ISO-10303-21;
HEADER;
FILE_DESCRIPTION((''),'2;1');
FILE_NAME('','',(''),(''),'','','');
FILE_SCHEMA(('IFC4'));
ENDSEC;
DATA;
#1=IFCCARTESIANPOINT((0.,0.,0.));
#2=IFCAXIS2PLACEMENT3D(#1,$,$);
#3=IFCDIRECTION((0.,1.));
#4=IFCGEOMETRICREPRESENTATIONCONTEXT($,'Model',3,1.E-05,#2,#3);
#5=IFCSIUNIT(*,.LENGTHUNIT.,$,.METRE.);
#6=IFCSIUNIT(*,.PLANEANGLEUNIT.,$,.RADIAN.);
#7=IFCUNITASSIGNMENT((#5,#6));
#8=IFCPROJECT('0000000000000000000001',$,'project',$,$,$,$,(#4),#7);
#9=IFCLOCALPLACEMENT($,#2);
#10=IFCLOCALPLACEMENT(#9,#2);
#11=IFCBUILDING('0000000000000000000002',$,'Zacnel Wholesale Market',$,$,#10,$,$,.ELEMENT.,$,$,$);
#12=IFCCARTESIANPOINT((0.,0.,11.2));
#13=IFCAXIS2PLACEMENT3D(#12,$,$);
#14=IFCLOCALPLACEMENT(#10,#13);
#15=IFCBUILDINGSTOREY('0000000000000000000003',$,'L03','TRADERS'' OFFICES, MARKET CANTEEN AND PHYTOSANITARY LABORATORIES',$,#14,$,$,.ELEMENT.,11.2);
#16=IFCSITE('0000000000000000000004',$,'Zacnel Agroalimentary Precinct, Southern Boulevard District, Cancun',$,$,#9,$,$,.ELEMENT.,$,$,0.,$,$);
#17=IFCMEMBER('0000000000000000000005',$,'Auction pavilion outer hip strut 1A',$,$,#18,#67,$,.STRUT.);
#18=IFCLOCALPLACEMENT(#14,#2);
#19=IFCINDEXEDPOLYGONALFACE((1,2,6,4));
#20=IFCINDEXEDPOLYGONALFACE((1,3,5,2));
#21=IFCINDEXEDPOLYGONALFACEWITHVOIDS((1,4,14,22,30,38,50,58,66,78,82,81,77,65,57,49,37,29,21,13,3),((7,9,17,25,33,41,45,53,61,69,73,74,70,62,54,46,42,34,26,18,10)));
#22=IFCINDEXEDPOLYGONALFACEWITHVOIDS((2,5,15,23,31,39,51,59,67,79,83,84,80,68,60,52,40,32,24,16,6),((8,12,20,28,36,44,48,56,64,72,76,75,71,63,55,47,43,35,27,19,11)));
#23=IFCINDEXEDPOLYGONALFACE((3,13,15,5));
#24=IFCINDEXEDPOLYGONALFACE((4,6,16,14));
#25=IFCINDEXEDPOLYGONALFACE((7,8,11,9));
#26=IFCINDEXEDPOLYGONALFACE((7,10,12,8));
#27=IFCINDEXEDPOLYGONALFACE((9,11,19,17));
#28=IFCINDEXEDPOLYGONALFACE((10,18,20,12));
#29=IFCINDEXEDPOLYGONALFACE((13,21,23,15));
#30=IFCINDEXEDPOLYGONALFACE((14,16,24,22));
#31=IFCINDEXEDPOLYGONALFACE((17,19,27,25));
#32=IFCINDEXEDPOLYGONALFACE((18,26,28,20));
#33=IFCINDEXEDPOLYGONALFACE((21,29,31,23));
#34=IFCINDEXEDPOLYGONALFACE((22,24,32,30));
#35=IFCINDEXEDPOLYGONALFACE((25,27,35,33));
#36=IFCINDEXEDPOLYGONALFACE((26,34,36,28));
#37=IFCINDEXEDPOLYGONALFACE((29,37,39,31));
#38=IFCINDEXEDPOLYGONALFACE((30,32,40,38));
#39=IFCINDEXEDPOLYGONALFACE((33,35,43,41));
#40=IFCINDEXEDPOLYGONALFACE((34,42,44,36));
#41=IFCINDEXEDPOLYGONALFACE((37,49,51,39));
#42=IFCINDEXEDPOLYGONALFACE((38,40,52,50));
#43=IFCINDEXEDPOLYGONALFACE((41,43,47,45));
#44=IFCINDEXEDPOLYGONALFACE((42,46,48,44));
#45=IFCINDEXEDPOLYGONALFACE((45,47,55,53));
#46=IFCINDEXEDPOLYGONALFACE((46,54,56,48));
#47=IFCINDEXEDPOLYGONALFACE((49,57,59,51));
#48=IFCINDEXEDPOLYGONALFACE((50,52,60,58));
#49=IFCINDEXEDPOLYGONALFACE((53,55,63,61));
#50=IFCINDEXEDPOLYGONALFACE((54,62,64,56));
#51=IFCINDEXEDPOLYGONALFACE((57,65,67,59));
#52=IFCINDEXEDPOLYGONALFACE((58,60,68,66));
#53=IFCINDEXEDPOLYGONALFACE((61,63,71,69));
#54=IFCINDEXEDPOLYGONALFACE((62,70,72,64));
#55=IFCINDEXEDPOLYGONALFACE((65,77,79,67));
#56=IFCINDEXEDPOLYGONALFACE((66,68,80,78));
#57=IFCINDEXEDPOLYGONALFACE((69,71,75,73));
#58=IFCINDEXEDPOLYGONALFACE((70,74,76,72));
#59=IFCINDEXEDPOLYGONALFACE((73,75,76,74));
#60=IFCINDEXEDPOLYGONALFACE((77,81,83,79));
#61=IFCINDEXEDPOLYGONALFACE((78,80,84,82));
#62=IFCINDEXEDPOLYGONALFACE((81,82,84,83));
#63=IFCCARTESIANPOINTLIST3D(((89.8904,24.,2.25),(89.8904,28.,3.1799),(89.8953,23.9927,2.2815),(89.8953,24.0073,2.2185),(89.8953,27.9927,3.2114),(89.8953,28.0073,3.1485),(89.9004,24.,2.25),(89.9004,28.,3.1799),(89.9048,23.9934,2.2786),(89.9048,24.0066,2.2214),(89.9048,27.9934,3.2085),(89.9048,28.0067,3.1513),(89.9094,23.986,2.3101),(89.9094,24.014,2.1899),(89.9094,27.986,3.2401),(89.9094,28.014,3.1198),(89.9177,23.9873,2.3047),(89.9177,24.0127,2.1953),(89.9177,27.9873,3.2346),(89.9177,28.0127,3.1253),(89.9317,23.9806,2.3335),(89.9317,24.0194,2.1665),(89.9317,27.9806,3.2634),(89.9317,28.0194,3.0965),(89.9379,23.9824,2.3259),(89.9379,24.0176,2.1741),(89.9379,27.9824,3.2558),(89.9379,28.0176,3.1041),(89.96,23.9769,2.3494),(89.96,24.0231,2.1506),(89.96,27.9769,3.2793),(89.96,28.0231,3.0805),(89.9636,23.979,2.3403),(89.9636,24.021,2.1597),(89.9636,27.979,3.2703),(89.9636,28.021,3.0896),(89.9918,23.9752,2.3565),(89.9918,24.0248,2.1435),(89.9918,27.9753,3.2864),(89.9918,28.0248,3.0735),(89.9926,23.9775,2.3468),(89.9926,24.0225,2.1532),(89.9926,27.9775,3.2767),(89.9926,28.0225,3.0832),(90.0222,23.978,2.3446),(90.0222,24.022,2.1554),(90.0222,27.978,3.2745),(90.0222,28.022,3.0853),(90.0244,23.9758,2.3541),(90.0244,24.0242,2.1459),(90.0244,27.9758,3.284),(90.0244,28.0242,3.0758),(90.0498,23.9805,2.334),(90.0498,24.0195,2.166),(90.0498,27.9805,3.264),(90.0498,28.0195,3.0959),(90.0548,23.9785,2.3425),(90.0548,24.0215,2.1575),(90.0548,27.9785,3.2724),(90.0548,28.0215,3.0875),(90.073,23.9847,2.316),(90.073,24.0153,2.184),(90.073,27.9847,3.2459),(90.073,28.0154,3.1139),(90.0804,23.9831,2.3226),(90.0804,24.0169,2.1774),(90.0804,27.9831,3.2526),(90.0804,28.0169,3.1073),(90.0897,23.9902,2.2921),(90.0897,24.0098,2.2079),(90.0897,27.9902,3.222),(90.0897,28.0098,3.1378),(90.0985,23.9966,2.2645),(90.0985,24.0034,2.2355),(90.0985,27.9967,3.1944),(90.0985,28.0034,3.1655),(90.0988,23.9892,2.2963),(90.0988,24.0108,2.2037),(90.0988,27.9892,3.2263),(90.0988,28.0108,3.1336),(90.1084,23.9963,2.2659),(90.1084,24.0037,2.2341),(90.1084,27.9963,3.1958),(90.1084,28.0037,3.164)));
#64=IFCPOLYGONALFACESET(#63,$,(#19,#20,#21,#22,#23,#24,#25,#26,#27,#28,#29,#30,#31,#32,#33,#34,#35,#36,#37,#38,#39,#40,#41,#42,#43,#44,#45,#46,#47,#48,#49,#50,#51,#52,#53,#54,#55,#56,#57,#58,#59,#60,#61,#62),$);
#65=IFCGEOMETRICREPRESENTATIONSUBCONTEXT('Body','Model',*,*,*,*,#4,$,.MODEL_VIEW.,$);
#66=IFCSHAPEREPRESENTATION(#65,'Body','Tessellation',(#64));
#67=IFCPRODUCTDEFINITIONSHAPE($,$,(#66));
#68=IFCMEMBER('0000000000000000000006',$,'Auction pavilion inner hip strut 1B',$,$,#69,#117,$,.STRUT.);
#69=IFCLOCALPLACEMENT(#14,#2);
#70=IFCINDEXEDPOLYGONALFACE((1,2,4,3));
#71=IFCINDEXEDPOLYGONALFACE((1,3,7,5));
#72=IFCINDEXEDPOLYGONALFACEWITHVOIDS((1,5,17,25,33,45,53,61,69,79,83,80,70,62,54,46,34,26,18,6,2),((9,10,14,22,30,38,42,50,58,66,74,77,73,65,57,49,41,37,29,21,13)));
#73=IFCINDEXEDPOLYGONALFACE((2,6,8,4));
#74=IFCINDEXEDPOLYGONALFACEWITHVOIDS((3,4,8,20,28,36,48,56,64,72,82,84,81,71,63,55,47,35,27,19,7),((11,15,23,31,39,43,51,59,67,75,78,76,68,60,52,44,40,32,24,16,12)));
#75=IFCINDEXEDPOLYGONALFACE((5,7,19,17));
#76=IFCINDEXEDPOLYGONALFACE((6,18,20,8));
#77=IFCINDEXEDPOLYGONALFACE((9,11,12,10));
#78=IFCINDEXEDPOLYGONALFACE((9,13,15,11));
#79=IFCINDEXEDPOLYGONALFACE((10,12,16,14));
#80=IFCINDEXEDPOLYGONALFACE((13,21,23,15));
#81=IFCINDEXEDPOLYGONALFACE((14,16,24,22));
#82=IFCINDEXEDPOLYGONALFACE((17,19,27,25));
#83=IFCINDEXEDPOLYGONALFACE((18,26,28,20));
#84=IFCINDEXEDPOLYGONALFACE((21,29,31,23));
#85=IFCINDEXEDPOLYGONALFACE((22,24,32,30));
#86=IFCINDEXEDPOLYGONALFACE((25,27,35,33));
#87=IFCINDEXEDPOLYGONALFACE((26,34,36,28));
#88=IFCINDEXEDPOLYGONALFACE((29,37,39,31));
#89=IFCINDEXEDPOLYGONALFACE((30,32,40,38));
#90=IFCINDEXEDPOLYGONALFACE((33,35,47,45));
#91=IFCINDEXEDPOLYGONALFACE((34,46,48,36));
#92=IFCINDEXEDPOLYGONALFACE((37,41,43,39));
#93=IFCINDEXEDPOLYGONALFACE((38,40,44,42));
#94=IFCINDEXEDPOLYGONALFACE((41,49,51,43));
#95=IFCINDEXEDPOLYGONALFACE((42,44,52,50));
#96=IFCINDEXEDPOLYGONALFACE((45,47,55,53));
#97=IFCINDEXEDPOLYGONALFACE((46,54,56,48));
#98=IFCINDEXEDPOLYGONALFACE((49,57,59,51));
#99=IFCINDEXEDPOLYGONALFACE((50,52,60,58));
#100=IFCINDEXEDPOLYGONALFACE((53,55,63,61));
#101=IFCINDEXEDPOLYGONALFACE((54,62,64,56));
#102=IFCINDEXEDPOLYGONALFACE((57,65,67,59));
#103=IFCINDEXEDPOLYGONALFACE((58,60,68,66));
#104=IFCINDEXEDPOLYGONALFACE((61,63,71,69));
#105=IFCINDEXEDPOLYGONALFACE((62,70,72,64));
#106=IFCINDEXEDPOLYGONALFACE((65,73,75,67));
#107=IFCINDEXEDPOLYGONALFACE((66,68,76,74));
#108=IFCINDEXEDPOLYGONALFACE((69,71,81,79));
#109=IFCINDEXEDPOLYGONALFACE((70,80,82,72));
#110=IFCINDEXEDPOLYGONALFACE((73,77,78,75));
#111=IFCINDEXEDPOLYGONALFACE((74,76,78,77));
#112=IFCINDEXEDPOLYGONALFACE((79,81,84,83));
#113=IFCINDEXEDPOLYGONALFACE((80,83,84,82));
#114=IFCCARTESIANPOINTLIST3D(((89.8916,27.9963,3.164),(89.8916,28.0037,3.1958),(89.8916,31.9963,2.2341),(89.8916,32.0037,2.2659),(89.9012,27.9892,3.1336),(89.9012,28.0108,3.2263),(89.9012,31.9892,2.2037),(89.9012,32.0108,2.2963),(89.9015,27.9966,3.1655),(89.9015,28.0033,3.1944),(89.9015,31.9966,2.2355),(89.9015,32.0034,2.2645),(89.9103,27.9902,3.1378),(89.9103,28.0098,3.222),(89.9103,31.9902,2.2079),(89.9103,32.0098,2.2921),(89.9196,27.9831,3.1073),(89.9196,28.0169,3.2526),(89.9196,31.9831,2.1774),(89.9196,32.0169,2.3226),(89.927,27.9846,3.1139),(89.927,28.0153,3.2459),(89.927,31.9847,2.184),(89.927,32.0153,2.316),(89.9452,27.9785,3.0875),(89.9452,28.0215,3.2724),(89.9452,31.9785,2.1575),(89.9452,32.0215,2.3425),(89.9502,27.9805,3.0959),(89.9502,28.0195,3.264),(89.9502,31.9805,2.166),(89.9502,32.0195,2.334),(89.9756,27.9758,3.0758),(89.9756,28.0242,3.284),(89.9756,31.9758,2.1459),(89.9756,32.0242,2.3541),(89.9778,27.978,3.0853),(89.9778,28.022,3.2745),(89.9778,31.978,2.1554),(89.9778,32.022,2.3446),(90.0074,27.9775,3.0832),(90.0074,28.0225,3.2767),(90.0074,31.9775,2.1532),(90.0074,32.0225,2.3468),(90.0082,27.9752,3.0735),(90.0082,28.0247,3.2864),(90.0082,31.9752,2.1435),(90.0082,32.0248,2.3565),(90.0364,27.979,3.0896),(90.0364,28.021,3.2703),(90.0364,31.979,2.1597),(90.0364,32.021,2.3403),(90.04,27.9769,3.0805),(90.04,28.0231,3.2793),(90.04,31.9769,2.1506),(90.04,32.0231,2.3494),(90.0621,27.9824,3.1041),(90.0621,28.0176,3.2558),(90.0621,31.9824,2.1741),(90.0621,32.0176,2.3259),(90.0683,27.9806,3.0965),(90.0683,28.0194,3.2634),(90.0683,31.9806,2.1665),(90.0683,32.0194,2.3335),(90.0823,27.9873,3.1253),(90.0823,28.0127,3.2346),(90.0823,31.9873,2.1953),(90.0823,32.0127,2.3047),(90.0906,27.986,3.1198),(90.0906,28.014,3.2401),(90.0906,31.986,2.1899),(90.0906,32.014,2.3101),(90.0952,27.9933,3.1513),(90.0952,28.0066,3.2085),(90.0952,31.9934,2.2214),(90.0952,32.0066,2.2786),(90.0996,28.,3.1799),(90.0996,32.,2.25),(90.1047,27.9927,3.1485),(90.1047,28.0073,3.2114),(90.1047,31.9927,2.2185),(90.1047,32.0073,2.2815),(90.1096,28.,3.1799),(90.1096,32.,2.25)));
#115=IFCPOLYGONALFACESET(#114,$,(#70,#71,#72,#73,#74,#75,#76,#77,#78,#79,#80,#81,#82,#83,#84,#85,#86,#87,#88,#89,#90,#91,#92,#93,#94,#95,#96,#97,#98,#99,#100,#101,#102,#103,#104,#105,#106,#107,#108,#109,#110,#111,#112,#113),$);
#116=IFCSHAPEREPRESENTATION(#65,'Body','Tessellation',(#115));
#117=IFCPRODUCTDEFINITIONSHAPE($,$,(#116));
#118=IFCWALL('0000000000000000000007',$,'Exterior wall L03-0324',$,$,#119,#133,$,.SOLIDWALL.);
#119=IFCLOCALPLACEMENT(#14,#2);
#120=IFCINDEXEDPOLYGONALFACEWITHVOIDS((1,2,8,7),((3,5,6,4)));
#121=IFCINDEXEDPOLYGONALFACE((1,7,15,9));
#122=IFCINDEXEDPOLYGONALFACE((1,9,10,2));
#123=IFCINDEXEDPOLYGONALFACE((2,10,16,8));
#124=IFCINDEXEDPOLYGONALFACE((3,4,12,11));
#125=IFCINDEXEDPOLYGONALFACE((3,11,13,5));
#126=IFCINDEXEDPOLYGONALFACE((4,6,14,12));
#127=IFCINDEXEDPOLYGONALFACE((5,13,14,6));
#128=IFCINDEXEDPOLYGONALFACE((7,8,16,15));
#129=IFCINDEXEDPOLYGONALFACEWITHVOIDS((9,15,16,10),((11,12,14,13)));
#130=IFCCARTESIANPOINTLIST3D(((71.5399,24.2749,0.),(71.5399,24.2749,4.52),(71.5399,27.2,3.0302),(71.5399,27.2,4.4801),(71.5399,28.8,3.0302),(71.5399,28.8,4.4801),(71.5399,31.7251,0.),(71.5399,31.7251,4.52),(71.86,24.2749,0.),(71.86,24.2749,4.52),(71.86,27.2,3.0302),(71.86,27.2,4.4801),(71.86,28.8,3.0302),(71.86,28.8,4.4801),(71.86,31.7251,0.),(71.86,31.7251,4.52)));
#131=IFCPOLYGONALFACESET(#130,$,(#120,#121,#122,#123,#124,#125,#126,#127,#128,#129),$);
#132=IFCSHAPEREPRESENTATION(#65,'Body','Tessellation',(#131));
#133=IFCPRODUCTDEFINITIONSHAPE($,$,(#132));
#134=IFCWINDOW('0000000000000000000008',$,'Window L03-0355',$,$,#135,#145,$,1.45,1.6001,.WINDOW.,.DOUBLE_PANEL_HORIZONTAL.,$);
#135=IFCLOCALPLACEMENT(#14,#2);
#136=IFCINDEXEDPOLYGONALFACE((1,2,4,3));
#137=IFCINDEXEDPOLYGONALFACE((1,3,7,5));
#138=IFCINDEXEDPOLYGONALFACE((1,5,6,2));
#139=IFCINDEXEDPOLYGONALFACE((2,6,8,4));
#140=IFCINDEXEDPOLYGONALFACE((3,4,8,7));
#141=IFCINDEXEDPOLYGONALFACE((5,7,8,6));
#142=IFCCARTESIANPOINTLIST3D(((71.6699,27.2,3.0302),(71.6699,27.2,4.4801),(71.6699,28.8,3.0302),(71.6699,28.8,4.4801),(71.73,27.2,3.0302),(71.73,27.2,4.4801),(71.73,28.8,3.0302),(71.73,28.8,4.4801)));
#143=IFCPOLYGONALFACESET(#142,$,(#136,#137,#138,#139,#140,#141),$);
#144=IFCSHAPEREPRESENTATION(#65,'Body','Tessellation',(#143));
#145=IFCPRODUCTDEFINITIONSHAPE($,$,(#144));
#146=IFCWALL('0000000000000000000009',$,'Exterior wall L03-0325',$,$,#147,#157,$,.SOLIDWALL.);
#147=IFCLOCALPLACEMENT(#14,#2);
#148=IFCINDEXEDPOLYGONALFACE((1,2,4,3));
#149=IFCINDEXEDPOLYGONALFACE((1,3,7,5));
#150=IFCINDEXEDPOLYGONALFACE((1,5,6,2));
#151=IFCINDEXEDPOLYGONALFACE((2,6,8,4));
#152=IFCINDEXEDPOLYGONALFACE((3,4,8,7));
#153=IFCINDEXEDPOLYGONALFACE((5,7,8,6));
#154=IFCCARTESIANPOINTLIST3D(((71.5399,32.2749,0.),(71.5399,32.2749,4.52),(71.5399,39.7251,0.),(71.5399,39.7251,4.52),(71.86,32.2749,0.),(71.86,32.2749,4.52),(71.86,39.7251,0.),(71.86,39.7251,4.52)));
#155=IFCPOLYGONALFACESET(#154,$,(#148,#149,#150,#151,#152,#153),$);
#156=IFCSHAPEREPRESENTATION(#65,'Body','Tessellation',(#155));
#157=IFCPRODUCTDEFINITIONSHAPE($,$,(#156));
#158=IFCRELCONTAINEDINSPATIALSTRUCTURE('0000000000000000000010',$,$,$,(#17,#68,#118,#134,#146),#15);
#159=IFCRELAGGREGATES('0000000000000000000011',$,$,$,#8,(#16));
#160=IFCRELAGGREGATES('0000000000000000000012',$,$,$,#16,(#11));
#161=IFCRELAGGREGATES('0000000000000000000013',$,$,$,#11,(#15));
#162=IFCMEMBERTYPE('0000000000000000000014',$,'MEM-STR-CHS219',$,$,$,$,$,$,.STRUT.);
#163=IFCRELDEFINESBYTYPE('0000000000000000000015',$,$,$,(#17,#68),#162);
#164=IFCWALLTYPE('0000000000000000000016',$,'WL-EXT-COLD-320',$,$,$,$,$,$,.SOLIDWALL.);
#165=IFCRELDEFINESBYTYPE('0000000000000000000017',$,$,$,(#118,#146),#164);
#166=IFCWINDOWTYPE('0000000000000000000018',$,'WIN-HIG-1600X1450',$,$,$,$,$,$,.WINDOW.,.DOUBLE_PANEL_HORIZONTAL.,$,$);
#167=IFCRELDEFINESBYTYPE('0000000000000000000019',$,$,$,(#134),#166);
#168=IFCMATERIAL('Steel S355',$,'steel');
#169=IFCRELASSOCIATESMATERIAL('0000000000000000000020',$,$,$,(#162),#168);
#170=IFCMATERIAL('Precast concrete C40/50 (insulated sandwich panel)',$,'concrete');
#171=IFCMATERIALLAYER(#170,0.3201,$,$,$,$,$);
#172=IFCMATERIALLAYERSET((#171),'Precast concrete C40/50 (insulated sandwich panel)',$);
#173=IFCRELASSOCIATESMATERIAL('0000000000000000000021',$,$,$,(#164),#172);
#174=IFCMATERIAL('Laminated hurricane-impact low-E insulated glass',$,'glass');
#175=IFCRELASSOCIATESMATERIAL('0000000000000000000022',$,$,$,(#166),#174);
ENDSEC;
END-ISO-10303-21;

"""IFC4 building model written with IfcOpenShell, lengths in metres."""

from ifc_helpers import new_model, si_unit, direction, frame, frame_2d, origin, origin_2d, place, context, subcontext, project, spatial, rectangle, hollow_circle, extrude, material, layer, layer_set, material_profile, profile_set, type_object, element, fill, save


model = new_model("IFC4")

# Units and contexts
model_context = context("Model", 3, precision=1e-05, world=origin(), true_north=direction((0.0, 1.0)))
body_context = subcontext(model_context, "Body", "Model", "MODEL_VIEW")
ifc_project = project(units=[si_unit("LENGTHUNIT", "METRE"), si_unit("PLANEANGLEUNIT", "RADIAN")], contexts=[model_context])

# Site, building, storey
site_placement = place(None, origin())
site = spatial("IfcSite", under=ifc_project, at=site_placement, Name="Zacnel Agroalimentary Precinct, Southern Boulevard District, Cancun", CompositionType="ELEMENT", RefElevation=0.0)
building_placement = place(site_placement, origin())
building = spatial("IfcBuilding", under=site, at=building_placement, Name="Zacnel Wholesale Market", CompositionType="ELEMENT")
storey_placement = place(building_placement, frame((0.0, 0.0, 11.2)))
storey = spatial("IfcBuildingStorey", under=building, at=storey_placement, Name="L03", Description="TRADERS' OFFICES, MARKET CANTEEN AND PHYTOSANITARY LABORATORIES", CompositionType="ELEMENT", Elevation=11.2)

# Members
ifc_material_1 = material(Name="Steel S355", Category="steel")
ifc_material_profile_1 = material_profile(ifc_material_1, hollow_circle(Radius=0.1096, WallThickness=0.01, at=origin_2d()), Name="CHS 219.1x10")
ifc_profile_set_1 = profile_set([ifc_material_profile_1], Name="Steel S355")
member_type = type_object("IfcMemberType", Name="MEM-STR-CHS219", PredefinedType="STRUT", material=ifc_profile_set_1)
for number, where, z_axis, x_axis, name in (
    (1, (90.0, 24.0, 2.25), (0.0, 0.974024, 0.226444), (-1.0, 0.0, 0.0), "Auction pavilion outer hip strut 1A"),
    (2, (90.0, 32.0, 2.25), (0.0, -0.974024, 0.226444), (1.0, 0.0, 0.0), "Auction pavilion inner hip strut 1B"),
):
    element("IfcMember", number, at=place(storey_placement, frame(where, z_axis=z_axis, x_axis=x_axis)), inside=storey, type_object=member_type, Name=name, PredefinedType="STRUT", context=body_context, shape_type="SweptSolid", body=[
        extrude(hollow_circle(Radius=0.1096, WallThickness=0.01, at=origin_2d()), origin(), (0.0, 0.0, 1.0), 4.1067),
    ])

# Wall, opening, window
ifc_material_2 = material(Name="Precast concrete C40/50 (insulated sandwich panel)", Category="concrete")
ifc_layer = layer(ifc_material_2, 0.3201)
ifc_layer_set = layer_set([ifc_layer], Name="Precast concrete C40/50 (insulated sandwich panel)")
wall_type = type_object("IfcWallType", Name="WL-EXT-COLD-320", PredefinedType="SOLIDWALL", material=ifc_layer_set)
wall_1_placement = place(storey_placement, frame((71.7, 24.2749, 0.0), z_axis=(0.0, 0.0, 1.0), x_axis=(0.0, 1.0, 0.0)))
wall_1 = element("IfcWall", 3, at=wall_1_placement, inside=storey, type_object=wall_type, Name="Exterior wall L03-0324", PredefinedType="SOLIDWALL", context=body_context, shape_type="SweptSolid", body=[
    extrude(rectangle(XDim=7.4502, YDim=0.3201, at=frame_2d((3.7251, 0.0))), origin(), (0.0, 0.0, 1.0), 4.52),
])
opening_placement = place(wall_1_placement, frame((2.925, 0.0, 3.03)))
opening = element("IfcOpeningElement", 4, at=opening_placement, cuts=wall_1, PredefinedType="OPENING", context=body_context, shape_type="SweptSolid", body=[
    extrude(rectangle(XDim=1.6001, YDim=1.45, at=frame_2d((0.8, 0.7251))), frame((0.0, 0.1699, 0.0), z_axis=(0.0, -1.0, 0.0), x_axis=(1.0, 0.0, 0.0)), (0.0, 0.0, 1.0), 0.3401),
])
ifc_material_3 = material(Name="Laminated hurricane-impact low-E insulated glass", Category="glass")
window_type = type_object("IfcWindowType", Name="WIN-HIG-1600X1450", PartitioningType="DOUBLE_PANEL_HORIZONTAL", PredefinedType="WINDOW", material=ifc_material_3)
window_placement = place(opening_placement, origin())
window = element("IfcWindow", 5, at=window_placement, inside=storey, type_object=window_type, Name="Window L03-0355", OverallHeight=1.45, OverallWidth=1.6001, PartitioningType="DOUBLE_PANEL_HORIZONTAL", PredefinedType="WINDOW", context=body_context, shape_type="SweptSolid", body=[
    extrude(rectangle(XDim=1.6001, YDim=1.45, at=frame_2d((0.8, 0.7251))), frame((0.0, 0.03, 0.0), z_axis=(0.0, -1.0, 0.0), x_axis=(1.0, 0.0, 0.0)), (0.0, 0.0, 1.0), 0.0601),
])
fill(opening, window)

# Wall
wall_2_placement = place(storey_placement, frame((71.7, 32.2749, 0.0), z_axis=(0.0, 0.0, 1.0), x_axis=(0.0, 1.0, 0.0)))
element("IfcWall", 6, at=wall_2_placement, inside=storey, type_object=wall_type, Name="Exterior wall L03-0325", PredefinedType="SOLIDWALL", context=body_context, shape_type="SweptSolid", body=[
    extrude(rectangle(XDim=7.4502, YDim=0.3201, at=frame_2d((3.7251, 0.0))), origin(), (0.0, 0.0, 1.0), 4.52),
])

save(model, "model.ifc")
